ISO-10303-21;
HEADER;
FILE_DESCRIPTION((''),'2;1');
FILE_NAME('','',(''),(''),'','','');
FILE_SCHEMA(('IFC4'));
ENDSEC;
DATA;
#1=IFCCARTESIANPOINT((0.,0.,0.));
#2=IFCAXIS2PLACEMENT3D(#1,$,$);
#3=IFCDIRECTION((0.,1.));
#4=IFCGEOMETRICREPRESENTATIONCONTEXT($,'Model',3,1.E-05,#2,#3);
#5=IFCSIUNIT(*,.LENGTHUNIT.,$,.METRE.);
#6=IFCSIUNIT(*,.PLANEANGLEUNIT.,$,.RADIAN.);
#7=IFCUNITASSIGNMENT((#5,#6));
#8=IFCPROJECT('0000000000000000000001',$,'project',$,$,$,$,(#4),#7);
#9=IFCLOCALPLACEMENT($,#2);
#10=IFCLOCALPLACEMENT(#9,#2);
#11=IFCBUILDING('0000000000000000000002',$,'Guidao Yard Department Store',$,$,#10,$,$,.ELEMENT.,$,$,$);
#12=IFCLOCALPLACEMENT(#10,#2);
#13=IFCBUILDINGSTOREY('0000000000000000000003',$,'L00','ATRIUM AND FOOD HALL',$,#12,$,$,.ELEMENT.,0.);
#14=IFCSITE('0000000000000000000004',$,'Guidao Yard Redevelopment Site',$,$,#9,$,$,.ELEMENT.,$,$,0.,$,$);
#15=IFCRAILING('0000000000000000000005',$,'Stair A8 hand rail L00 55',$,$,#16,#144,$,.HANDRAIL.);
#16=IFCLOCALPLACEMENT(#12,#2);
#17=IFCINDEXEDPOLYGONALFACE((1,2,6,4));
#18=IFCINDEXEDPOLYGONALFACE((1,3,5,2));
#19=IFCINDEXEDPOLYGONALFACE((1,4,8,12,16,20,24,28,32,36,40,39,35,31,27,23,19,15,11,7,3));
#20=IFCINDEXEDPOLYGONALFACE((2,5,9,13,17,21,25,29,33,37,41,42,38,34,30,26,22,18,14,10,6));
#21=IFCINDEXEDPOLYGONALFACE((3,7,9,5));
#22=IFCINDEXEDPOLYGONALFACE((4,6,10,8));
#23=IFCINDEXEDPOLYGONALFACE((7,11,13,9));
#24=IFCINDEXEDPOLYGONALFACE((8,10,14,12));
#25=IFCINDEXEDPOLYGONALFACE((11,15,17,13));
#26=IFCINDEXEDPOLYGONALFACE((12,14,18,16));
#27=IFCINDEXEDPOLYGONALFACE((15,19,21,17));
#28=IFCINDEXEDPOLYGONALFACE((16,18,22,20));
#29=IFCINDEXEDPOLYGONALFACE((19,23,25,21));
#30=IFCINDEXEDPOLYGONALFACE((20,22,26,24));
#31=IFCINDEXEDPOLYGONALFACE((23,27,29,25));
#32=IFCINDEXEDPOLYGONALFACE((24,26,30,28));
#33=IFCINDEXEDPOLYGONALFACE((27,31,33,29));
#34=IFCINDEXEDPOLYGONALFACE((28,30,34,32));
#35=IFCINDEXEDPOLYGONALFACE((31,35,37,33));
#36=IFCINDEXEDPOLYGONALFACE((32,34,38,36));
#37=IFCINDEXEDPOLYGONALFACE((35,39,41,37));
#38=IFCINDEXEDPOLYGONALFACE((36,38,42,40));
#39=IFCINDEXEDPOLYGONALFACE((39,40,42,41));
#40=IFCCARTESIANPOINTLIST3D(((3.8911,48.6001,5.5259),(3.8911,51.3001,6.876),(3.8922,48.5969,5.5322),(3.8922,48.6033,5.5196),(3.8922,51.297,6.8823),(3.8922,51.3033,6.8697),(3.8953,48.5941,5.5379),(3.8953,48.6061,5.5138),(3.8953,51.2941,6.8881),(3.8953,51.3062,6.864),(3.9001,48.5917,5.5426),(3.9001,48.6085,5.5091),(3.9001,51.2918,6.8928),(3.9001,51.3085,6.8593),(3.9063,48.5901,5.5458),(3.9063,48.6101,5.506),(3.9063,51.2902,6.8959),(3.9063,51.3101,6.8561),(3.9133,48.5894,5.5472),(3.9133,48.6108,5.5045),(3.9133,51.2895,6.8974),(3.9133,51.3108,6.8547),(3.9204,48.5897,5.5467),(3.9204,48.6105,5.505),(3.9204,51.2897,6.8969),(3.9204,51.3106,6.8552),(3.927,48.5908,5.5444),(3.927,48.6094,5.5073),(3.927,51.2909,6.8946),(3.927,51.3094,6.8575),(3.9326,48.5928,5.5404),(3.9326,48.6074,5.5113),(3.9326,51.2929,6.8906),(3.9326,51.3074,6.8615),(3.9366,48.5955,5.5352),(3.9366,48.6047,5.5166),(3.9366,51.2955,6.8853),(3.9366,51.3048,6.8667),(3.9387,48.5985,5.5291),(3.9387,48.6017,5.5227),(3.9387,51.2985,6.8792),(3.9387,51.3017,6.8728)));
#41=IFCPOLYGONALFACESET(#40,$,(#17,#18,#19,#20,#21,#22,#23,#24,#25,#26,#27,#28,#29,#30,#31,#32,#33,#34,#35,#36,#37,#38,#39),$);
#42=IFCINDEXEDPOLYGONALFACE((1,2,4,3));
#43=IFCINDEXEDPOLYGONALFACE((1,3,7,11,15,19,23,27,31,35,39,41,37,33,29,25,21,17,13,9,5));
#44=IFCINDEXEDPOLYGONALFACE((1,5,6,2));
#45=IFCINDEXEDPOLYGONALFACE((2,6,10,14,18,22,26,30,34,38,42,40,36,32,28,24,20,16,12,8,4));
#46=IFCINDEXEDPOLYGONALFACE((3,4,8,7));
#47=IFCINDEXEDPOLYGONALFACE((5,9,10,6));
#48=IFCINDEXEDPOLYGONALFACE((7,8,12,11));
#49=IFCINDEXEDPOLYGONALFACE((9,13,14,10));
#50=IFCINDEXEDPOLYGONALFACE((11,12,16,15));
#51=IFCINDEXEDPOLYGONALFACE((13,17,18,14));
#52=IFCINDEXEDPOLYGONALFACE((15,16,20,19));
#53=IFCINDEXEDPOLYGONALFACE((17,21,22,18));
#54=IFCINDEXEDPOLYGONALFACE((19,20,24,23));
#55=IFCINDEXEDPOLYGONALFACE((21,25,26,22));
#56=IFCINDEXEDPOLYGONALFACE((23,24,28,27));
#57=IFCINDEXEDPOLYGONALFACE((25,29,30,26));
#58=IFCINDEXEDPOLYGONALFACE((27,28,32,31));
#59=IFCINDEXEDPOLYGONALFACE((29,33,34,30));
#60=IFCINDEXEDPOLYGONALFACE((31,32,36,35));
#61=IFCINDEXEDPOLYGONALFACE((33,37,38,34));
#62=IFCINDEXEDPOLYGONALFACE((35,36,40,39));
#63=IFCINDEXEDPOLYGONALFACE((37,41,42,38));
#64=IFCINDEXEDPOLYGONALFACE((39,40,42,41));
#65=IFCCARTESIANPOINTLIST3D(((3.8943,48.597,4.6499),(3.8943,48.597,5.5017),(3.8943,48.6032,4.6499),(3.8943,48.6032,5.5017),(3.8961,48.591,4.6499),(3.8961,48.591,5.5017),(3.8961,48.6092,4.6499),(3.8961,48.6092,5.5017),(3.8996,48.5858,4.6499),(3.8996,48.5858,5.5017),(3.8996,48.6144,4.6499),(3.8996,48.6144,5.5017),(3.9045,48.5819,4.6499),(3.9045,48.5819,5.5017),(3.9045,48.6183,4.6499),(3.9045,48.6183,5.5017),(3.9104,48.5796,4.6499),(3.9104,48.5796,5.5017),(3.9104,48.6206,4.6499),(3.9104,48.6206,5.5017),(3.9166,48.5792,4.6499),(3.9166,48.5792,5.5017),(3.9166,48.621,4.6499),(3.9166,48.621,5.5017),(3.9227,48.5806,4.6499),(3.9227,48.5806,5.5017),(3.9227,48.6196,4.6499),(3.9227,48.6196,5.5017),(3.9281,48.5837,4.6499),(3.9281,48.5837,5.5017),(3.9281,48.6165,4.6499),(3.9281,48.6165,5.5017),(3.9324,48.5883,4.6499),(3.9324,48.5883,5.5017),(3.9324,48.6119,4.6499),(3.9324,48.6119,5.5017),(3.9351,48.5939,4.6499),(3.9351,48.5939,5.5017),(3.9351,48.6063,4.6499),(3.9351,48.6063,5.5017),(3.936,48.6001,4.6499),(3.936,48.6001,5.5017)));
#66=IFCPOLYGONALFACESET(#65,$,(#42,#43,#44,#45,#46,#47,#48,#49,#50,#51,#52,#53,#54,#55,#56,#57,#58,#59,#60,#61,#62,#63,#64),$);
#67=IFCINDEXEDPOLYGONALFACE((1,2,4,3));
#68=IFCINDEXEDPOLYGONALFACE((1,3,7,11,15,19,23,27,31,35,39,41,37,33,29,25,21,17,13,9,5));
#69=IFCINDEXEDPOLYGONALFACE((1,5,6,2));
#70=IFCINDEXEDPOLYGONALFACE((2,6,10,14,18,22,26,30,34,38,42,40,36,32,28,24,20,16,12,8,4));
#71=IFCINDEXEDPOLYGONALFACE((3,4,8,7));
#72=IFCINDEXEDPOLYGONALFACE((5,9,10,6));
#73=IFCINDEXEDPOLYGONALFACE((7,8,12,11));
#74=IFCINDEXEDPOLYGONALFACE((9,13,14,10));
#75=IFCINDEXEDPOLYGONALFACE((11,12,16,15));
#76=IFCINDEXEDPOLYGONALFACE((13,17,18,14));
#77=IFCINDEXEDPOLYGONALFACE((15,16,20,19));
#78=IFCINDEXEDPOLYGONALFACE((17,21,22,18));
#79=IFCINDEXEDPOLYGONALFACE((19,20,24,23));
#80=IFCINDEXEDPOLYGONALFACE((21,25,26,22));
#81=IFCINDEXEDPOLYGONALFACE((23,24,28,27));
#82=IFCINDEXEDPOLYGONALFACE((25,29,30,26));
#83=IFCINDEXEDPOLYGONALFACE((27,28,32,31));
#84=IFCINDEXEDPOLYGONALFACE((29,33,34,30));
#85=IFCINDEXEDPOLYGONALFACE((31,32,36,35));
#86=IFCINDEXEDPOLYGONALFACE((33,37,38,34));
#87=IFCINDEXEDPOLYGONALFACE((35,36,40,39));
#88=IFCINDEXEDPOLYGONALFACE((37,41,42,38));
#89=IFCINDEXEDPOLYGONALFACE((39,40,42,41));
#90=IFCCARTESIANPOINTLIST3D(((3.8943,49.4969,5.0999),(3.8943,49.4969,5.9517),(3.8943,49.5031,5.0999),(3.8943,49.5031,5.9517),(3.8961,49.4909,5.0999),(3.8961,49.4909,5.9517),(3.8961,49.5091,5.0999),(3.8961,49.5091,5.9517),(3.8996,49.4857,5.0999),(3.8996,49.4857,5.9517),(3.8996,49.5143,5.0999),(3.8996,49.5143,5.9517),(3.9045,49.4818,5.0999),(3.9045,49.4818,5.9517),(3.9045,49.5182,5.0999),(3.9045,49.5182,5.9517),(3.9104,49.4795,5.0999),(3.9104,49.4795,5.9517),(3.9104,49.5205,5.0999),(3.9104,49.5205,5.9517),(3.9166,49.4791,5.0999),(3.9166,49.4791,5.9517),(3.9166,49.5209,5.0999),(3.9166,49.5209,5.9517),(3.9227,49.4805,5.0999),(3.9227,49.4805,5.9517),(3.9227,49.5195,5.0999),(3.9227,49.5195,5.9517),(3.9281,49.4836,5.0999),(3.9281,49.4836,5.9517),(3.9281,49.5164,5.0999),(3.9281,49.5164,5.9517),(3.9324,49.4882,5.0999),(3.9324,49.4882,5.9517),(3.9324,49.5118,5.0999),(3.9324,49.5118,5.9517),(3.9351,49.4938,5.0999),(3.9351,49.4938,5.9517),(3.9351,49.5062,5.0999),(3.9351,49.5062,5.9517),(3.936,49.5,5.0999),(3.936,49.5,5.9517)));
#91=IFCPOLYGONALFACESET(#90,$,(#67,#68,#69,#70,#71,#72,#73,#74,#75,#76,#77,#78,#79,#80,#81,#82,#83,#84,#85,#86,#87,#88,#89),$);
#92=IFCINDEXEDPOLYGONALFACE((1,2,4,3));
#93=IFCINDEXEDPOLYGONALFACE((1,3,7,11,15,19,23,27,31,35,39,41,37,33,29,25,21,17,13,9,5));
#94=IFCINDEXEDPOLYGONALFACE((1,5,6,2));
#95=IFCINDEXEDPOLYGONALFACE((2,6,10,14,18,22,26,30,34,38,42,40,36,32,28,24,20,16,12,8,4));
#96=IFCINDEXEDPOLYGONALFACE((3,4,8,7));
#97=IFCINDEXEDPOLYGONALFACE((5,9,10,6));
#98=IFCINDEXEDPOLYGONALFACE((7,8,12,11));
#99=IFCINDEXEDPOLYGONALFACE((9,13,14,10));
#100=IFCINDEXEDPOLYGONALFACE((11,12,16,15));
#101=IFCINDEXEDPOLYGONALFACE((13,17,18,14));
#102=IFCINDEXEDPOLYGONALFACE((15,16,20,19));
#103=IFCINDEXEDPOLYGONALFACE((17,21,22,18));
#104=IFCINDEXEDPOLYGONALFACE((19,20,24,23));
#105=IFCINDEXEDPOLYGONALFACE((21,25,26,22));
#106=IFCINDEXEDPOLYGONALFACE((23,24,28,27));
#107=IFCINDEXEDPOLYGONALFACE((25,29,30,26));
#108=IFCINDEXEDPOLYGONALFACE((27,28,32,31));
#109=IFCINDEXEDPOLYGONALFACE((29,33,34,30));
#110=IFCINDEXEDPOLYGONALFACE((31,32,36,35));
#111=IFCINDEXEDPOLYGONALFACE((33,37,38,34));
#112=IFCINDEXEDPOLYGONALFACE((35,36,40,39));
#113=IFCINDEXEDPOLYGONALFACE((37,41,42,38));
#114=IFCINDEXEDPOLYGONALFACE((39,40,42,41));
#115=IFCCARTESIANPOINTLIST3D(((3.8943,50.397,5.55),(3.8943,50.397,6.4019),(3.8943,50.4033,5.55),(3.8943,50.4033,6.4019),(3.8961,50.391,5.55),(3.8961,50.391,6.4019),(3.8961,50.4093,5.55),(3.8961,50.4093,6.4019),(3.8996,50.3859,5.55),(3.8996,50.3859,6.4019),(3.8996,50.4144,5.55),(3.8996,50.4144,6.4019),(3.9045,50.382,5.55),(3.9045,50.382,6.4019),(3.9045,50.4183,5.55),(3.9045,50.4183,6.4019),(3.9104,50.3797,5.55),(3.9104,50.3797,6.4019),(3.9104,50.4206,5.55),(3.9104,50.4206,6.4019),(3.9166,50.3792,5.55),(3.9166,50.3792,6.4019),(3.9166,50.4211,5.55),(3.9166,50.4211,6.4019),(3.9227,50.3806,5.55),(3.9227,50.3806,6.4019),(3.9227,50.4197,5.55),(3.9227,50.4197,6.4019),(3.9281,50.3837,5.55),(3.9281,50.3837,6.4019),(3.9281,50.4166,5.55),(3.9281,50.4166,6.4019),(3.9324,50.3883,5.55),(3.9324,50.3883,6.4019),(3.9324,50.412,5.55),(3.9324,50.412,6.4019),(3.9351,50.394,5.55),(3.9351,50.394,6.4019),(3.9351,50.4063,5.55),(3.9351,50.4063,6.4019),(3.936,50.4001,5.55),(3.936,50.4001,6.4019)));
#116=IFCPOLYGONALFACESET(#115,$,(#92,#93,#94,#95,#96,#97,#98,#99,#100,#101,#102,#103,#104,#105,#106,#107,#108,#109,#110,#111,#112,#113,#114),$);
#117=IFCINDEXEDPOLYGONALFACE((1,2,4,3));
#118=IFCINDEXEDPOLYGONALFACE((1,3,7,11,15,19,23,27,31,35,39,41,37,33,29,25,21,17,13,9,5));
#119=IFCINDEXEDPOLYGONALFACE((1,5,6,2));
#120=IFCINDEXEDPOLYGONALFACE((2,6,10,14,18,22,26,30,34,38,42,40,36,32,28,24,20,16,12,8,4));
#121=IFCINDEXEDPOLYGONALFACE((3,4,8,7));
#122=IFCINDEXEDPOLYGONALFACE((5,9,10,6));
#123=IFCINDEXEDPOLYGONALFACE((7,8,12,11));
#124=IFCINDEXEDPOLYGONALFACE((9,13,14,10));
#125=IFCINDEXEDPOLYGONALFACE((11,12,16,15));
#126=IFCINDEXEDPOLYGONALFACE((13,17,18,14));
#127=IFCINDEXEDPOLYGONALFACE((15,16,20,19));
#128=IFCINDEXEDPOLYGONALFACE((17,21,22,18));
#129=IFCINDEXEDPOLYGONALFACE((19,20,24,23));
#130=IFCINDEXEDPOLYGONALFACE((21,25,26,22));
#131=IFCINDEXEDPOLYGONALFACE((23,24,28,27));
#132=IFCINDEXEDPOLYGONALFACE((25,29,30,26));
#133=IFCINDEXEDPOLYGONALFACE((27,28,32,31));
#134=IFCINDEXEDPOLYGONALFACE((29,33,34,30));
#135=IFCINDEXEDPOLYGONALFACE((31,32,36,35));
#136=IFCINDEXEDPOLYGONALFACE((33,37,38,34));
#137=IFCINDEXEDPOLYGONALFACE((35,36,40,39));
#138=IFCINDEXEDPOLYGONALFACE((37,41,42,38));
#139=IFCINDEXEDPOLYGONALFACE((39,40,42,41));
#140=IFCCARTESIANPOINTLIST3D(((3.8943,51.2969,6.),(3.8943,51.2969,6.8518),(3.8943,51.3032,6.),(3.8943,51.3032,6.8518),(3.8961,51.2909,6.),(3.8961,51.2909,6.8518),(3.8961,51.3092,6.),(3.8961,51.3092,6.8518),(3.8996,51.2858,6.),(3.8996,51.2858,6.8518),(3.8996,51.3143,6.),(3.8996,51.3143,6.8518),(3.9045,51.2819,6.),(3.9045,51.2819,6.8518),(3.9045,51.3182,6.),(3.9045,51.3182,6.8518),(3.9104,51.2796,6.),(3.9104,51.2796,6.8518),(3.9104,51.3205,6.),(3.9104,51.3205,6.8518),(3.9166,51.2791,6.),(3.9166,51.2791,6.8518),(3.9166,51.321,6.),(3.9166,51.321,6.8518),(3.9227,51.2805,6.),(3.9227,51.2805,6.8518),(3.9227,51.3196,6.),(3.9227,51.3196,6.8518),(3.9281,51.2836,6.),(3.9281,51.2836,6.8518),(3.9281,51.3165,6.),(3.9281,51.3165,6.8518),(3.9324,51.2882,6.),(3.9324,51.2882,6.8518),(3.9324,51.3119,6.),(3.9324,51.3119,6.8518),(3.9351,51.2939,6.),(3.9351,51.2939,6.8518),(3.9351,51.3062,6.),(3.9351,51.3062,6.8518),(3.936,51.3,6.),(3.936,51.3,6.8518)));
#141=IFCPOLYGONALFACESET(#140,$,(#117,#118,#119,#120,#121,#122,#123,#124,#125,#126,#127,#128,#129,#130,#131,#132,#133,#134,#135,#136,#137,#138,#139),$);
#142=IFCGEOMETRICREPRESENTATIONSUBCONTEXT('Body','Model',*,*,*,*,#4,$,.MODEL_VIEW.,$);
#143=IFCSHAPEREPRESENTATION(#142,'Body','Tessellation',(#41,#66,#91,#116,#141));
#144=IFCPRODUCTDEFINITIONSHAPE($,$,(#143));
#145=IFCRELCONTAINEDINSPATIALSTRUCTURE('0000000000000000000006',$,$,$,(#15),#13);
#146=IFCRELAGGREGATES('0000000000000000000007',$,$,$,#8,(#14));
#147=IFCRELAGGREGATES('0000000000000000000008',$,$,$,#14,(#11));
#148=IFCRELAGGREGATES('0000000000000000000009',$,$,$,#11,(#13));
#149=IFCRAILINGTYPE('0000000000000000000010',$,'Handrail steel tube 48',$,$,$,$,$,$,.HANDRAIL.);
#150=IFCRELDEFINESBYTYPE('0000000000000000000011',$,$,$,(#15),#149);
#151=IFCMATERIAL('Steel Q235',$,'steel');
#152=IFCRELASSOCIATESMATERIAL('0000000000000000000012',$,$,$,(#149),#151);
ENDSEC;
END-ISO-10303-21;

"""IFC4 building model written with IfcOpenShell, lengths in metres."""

from ifc_helpers import new_model, si_unit, direction, frame, origin, origin_2d, place, context, subcontext, project, spatial, circle, extrude, material, type_object, element, save


model = new_model("IFC4")

# Units and contexts
model_context = context("Model", 3, precision=1e-05, world=origin(), true_north=direction((0.0, 1.0)))
body_context = subcontext(model_context, "Body", "Model", "MODEL_VIEW")
ifc_project = project(units=[si_unit("LENGTHUNIT", "METRE"), si_unit("PLANEANGLEUNIT", "RADIAN")], contexts=[model_context])

# Site, building, storey
site_placement = place(None, origin())
site = spatial("IfcSite", under=ifc_project, at=site_placement, Name="Guidao Yard Redevelopment Site", CompositionType="ELEMENT", RefElevation=0.0)
building_placement = place(site_placement, origin())
building = spatial("IfcBuilding", under=site, at=building_placement, Name="Guidao Yard Department Store", CompositionType="ELEMENT")
storey_placement = place(building_placement, origin())
storey = spatial("IfcBuildingStorey", under=building, at=storey_placement, Name="L00", Description="ATRIUM AND FOOD HALL", CompositionType="ELEMENT", Elevation=0.0)

# Railing
ifc_material_1 = material(Name="Steel Q235", Category="steel")
railing_type = type_object("IfcRailingType", Name="Handrail steel tube 48", PredefinedType="HANDRAIL", material=ifc_material_1)
for number, where, name in (
    (1, (3.915, 48.6001, 4.6499), "Stair A8 hand rail L00 55"),
):
    element("IfcRailing", number, at=place(storey_placement, frame(where)), inside=storey, type_object=railing_type, Name=name, PredefinedType="HANDRAIL", context=body_context, shape_type="SweptSolid", body=[
        extrude(circle(Radius=0.0239, at=origin_2d()), frame((0.0, 0.0, 0.876), z_axis=(0.0, 0.894411, 0.447246), x_axis=(-1.0, 0.0, 0.0)), (0.0, 0.0, 1.0), 3.0188),
        extrude(circle(Radius=0.021, at=origin_2d()), origin(), (0.0, 0.0, 1.0), 0.8518),
        extrude(circle(Radius=0.021, at=origin_2d()), frame((0.0, 0.8999, 0.45)), (0.0, 0.0, 1.0), 0.8518),
        extrude(circle(Radius=0.021, at=origin_2d()), frame((0.0, 1.8, 0.9001)), (0.0, 0.0, 1.0), 0.8518),
        extrude(circle(Radius=0.021, at=origin_2d()), frame((0.0, 2.7, 1.3501)), (0.0, 0.0, 1.0), 0.8518),
    ])

save(model, "model.ifc")
